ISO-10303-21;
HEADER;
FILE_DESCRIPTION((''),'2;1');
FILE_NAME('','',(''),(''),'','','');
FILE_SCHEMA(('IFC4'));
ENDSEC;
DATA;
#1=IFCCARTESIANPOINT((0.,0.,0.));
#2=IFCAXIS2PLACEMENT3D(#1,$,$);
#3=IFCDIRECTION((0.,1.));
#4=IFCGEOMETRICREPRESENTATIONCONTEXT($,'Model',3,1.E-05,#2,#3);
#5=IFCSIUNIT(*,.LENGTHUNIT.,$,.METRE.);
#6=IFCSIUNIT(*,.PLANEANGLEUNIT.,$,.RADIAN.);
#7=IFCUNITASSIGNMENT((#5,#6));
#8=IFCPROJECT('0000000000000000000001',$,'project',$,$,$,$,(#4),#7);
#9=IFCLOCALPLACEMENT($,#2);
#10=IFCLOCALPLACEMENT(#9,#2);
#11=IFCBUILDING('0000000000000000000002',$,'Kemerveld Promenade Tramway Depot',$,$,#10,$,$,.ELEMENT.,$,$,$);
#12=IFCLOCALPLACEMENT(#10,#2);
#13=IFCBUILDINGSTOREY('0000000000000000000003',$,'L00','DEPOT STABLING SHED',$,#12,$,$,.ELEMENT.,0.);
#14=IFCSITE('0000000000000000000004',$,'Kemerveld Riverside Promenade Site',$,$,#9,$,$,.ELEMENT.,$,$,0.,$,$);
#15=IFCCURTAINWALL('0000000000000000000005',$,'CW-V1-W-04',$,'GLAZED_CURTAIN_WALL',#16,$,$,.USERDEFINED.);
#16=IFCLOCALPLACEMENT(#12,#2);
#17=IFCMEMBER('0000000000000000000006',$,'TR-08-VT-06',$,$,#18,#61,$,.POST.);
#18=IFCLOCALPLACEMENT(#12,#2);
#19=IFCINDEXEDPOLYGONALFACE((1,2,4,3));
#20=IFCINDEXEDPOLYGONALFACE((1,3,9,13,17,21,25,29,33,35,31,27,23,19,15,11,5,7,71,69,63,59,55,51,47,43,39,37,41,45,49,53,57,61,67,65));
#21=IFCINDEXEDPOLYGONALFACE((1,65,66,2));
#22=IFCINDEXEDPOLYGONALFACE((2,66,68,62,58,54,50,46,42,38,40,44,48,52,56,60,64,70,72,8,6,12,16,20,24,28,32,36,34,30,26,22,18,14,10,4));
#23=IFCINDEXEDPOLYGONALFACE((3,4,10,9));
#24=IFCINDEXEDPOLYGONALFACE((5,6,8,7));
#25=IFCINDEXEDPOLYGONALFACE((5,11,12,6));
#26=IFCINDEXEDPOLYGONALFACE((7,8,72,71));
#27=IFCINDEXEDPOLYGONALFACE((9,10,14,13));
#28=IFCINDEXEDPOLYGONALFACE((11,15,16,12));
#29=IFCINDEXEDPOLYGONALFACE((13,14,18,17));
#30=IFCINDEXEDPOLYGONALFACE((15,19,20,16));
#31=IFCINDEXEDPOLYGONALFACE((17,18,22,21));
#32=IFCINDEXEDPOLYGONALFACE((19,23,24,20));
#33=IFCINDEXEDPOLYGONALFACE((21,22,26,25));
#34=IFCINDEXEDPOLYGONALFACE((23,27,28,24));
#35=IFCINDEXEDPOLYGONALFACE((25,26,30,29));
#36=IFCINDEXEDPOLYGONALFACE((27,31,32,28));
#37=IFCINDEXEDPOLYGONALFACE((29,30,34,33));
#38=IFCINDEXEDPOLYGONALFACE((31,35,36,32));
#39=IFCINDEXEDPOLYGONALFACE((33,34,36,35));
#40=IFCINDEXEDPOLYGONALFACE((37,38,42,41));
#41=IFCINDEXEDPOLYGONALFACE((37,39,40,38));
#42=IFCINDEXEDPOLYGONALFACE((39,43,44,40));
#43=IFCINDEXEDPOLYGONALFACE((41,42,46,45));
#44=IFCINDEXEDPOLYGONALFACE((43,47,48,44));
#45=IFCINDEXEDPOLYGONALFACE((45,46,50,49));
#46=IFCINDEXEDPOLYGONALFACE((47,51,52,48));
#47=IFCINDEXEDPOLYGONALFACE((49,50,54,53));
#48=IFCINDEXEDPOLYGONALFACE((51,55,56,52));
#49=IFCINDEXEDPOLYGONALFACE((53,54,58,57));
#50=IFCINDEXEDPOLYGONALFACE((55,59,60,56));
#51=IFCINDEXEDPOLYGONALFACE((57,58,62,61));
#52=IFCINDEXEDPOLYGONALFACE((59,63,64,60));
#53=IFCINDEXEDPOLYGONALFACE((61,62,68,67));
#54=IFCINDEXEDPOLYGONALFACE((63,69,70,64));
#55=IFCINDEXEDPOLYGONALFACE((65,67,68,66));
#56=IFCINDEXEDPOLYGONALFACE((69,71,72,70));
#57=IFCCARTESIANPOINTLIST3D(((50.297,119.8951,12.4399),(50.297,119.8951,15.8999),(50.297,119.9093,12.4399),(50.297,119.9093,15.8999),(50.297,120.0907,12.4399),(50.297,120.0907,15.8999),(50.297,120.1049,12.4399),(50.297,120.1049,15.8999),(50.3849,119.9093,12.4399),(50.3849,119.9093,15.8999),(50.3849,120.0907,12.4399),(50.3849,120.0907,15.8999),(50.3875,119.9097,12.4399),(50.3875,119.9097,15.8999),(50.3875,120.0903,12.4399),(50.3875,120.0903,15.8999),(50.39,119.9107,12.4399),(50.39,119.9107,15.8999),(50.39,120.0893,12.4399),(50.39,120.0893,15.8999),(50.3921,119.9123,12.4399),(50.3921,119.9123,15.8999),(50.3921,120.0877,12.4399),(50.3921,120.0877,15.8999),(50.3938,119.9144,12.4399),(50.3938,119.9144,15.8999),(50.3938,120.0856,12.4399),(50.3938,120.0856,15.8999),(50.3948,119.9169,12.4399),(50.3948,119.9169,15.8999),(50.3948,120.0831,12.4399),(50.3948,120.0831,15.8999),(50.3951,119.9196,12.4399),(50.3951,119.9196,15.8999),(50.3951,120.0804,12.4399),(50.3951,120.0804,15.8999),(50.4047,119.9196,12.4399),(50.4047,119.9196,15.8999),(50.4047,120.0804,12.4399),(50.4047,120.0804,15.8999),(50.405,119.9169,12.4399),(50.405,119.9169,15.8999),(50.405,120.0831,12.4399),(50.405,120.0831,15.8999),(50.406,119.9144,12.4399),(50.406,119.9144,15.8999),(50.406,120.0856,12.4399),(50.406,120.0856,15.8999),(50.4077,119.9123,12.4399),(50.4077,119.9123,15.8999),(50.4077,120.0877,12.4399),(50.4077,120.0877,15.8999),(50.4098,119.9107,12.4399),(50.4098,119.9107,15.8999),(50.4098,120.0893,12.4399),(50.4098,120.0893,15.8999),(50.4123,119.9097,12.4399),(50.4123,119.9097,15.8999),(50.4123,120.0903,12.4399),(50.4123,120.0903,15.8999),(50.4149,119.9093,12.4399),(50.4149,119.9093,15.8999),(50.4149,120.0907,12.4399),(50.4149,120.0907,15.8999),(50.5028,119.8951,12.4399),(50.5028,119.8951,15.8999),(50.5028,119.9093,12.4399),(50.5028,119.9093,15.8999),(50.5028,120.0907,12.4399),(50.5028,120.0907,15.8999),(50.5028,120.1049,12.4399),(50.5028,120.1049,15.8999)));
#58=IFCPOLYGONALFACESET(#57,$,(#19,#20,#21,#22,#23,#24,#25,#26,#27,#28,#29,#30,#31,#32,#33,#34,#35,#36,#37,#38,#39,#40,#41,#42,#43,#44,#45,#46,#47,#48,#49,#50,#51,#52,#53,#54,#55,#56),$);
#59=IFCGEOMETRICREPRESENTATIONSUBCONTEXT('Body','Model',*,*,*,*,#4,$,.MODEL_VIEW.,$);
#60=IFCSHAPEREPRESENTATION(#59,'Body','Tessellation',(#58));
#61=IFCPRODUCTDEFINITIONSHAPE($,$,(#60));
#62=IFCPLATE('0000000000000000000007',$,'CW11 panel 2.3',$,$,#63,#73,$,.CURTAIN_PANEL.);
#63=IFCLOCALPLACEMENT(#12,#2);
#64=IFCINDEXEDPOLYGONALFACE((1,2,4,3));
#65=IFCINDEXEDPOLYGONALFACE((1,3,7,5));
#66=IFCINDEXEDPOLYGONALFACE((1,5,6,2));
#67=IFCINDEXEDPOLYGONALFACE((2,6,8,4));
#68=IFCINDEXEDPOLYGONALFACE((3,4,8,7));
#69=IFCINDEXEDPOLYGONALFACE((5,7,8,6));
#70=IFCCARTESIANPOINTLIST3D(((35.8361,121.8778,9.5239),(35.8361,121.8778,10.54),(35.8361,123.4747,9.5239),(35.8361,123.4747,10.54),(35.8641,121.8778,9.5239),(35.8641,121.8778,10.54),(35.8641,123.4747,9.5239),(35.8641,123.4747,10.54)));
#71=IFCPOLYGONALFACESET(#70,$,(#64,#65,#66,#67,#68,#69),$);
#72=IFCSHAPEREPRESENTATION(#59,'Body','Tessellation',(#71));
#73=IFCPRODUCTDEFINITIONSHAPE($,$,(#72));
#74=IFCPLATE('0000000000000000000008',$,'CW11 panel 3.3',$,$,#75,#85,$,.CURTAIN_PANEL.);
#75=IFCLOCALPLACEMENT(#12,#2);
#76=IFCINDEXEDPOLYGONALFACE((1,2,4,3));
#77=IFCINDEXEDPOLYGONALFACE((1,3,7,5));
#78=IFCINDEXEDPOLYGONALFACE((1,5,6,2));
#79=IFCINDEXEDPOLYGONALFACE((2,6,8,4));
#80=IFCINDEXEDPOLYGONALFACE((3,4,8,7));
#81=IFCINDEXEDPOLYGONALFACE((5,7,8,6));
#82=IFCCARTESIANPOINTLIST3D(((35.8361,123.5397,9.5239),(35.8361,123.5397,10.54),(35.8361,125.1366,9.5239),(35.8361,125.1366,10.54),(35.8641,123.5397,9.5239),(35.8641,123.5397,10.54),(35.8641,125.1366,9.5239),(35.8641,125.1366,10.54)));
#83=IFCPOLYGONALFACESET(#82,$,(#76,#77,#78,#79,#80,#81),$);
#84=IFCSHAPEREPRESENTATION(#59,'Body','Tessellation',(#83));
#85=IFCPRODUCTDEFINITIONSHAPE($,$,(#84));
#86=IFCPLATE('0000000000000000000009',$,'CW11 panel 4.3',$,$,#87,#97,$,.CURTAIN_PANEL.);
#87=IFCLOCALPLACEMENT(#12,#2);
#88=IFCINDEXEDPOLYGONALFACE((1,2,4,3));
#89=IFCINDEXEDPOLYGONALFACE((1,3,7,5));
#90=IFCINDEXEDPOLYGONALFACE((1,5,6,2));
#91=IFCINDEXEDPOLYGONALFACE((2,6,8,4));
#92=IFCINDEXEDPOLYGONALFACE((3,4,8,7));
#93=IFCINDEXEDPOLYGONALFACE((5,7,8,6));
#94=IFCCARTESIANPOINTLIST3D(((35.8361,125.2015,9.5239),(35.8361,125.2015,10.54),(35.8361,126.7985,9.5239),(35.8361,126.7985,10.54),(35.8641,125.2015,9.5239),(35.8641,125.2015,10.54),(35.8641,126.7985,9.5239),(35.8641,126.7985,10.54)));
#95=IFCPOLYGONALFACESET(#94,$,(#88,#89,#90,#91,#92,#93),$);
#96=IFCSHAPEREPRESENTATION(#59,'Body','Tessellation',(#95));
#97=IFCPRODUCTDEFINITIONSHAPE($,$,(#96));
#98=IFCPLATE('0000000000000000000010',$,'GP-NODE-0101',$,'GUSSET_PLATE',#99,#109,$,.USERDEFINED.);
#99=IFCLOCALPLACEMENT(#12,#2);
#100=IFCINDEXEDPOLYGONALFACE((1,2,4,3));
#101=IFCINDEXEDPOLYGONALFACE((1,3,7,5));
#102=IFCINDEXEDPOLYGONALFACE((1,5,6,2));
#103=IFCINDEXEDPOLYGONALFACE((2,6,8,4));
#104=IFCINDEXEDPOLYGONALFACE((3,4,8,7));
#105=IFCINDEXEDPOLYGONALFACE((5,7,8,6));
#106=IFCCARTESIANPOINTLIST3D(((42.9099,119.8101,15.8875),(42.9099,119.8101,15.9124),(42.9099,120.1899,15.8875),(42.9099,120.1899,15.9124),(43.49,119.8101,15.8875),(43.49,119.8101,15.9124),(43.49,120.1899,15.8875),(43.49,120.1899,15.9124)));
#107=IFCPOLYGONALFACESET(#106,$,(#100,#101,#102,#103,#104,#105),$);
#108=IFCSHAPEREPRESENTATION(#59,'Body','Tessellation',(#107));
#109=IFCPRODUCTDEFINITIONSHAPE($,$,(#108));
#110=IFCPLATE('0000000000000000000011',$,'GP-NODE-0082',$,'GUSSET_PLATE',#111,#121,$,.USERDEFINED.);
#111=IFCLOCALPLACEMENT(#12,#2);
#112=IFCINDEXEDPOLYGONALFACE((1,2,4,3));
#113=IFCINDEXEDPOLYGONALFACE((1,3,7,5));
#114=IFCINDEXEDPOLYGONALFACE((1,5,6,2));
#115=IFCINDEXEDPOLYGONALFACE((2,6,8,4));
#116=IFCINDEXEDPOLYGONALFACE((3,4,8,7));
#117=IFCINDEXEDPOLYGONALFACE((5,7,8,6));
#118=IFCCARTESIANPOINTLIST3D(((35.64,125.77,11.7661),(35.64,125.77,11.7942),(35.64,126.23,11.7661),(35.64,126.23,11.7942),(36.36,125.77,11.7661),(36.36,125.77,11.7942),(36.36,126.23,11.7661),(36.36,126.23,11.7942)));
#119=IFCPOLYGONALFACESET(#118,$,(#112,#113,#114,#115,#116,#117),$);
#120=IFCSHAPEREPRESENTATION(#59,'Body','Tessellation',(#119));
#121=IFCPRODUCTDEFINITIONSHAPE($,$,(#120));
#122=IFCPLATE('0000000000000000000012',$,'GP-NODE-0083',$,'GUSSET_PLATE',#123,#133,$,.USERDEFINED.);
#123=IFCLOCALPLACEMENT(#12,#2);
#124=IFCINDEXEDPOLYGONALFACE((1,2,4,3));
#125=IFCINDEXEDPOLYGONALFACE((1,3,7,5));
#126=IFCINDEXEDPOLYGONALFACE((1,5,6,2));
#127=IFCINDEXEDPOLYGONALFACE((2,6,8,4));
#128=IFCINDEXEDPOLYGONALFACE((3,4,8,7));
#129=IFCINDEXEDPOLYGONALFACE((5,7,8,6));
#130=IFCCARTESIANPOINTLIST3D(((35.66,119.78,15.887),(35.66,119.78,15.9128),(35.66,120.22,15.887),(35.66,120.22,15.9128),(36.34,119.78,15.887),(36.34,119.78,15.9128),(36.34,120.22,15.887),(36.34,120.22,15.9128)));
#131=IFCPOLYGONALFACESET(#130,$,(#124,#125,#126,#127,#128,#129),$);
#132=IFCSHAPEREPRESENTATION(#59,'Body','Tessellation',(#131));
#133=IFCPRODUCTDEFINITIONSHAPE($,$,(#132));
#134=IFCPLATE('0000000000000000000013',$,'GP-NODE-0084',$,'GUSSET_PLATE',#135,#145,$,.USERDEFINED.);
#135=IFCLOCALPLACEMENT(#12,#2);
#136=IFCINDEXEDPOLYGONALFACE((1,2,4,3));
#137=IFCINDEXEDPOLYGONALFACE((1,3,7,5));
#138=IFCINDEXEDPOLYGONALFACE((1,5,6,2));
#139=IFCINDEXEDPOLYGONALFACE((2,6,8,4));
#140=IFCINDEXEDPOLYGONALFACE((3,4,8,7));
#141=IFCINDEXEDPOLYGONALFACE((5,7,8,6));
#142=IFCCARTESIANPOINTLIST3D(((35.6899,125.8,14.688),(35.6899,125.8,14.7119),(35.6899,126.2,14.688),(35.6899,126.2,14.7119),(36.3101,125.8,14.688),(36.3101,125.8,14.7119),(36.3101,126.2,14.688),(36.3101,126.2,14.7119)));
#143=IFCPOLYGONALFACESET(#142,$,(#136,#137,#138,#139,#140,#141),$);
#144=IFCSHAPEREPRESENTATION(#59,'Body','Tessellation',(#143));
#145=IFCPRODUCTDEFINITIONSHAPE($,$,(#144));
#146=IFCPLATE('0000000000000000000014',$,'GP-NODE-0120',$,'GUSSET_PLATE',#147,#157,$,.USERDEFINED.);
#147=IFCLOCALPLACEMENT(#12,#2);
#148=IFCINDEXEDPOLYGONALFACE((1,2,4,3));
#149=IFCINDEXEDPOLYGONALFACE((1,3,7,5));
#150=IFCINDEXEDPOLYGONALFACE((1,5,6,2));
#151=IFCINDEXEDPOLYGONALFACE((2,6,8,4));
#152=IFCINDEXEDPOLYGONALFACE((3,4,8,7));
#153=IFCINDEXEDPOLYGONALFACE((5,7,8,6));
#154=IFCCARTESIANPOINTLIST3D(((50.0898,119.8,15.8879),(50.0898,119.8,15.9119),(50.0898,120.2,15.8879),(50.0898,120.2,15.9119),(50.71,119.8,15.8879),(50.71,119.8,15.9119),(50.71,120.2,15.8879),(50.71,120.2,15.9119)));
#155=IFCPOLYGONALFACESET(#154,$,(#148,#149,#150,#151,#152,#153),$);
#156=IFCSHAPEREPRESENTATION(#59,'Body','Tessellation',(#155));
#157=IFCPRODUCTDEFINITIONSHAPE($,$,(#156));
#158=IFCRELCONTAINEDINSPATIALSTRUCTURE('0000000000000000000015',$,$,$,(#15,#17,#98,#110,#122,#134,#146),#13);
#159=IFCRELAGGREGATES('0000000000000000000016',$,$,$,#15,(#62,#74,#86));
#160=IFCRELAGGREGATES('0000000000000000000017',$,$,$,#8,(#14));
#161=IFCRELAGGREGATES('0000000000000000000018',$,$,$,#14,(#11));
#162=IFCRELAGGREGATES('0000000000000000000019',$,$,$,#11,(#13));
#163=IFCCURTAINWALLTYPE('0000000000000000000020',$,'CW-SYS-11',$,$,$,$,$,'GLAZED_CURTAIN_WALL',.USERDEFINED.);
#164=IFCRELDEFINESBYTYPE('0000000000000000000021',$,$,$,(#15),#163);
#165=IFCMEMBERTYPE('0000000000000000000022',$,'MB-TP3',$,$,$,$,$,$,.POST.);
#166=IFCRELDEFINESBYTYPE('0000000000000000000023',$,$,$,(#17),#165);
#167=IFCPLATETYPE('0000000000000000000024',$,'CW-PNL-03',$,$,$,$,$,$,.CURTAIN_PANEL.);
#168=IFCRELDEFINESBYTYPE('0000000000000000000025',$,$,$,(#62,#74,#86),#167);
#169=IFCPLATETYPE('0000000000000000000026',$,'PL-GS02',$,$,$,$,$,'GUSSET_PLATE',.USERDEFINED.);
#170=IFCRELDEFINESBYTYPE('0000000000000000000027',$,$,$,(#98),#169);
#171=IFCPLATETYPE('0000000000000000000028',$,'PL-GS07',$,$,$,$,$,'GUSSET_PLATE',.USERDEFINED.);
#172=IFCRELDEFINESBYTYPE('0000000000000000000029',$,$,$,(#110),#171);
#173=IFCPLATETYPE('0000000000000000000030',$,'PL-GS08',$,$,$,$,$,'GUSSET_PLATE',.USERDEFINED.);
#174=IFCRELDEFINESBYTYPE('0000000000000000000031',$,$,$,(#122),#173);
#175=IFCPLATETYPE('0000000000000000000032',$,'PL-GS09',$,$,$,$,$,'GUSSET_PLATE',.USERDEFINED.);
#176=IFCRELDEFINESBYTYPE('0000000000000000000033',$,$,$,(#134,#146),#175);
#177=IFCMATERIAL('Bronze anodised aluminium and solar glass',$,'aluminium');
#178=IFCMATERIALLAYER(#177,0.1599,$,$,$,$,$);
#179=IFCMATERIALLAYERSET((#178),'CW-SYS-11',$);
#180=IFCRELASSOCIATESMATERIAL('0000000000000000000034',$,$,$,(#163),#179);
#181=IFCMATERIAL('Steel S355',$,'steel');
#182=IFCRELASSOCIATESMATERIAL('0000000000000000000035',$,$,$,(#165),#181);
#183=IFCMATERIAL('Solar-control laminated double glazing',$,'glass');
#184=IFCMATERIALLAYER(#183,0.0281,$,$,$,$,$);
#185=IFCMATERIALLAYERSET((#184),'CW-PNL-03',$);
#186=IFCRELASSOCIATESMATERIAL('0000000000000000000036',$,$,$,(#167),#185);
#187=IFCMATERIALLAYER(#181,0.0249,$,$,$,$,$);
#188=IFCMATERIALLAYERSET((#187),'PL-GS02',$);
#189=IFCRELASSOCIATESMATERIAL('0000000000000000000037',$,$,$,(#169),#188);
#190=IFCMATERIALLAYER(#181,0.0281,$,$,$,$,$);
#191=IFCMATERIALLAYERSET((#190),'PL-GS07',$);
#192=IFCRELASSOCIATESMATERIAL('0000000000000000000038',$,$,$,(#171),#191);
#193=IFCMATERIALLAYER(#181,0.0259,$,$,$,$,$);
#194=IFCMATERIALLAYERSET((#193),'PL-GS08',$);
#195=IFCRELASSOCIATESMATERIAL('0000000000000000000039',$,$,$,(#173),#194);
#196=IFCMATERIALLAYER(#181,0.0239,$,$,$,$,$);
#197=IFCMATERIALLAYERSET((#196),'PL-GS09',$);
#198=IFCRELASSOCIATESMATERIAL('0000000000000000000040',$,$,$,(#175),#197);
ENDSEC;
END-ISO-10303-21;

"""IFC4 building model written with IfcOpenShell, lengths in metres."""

from ifc_helpers import new_model, si_unit, direction, frame, origin, origin_2d, place, context, subcontext, project, spatial, rectangle, i_section, extrude, material, layer, layer_set, material_profile, profile_set, type_object, element, aggregate, save


model = new_model("IFC4")

# Units and contexts
model_context = context("Model", 3, precision=1e-05, world=origin(), true_north=direction((0.0, 1.0)))
body_context = subcontext(model_context, "Body", "Model", "MODEL_VIEW")
ifc_project = project(units=[si_unit("LENGTHUNIT", "METRE"), si_unit("PLANEANGLEUNIT", "RADIAN")], contexts=[model_context])

# Site, building, storey
site_placement = place(None, origin())
site = spatial("IfcSite", under=ifc_project, at=site_placement, Name="Kemerveld Riverside Promenade Site", CompositionType="ELEMENT", RefElevation=0.0)
building_placement = place(site_placement, origin())
building = spatial("IfcBuilding", under=site, at=building_placement, Name="Kemerveld Promenade Tramway Depot", CompositionType="ELEMENT")
storey_placement = place(building_placement, origin())
storey = spatial("IfcBuildingStorey", under=building, at=storey_placement, Name="L00", Description="DEPOT STABLING SHED", CompositionType="ELEMENT", Elevation=0.0)

# Curtain wall
ifc_material_1 = material(Name="Bronze anodised aluminium and solar glass", Category="aluminium")
ifc_layer_1 = layer(ifc_material_1, 0.1599)
ifc_layer_set_1 = layer_set([ifc_layer_1], Name="CW-SYS-11")
curtain_wall_type = type_object("IfcCurtainWallType", Name="CW-SYS-11", ElementType="GLAZED_CURTAIN_WALL", PredefinedType="USERDEFINED", material=ifc_layer_set_1)
curtain_wall_placement = place(storey_placement, origin())
curtain_wall = element("IfcCurtainWall", 1, at=curtain_wall_placement, inside=storey, type_object=curtain_wall_type, Name="CW-V1-W-04", ObjectType="GLAZED_CURTAIN_WALL", PredefinedType="USERDEFINED")

# Member
ifc_material_2 = material(Name="Steel S355", Category="steel")
ifc_material_profile_1 = material_profile(ifc_material_2, i_section(OverallWidth=0.2058, OverallDepth=0.2097, WebThickness=0.0095, FlangeThickness=0.0142, FilletRadius=0.0103, at=origin_2d()), Name="203x203x60 UC")
ifc_profile_set_1 = profile_set([ifc_material_profile_1], Name="Steel S355")
member_type_1 = type_object("IfcMemberType", Name="MB-TP3", PredefinedType="POST", material=ifc_profile_set_1)
member_1_placement = place(storey_placement, frame((50.3999, 120.0, 12.4399), z_axis=(0.0, 0.0, 1.0), x_axis=(1.0, 0.0, 0.0)))
element("IfcMember", 2, at=member_1_placement, inside=storey, type_object=member_type_1, Name="TR-08-VT-06", PredefinedType="POST", context=body_context, shape_type="SweptSolid", body=[
    extrude(i_section(OverallWidth=0.2058, OverallDepth=0.2097, WebThickness=0.0095, FlangeThickness=0.0142, FilletRadius=0.0103, at=origin_2d()), origin(), (0.0, 0.0, 1.0), 3.46),
])

# Plates
ifc_material_3 = material(Name="Solar-control laminated double glazing", Category="glass")
ifc_layer_2 = layer(ifc_material_3, 0.0281)
ifc_layer_set_2 = layer_set([ifc_layer_2], Name="CW-PNL-03")
plate_type_1 = type_object("IfcPlateType", Name="CW-PNL-03", PredefinedType="CURTAIN_PANEL", material=ifc_layer_set_2)
plate_1_placement = place(storey_placement, frame((35.8501, 122.6763, 9.5239), z_axis=(0.0, 0.0, 1.0), x_axis=(0.0, 1.0, 0.0)))
plate_1 = element("IfcPlate", 3, at=plate_1_placement, type_object=plate_type_1, Name="CW11 panel 2.3", PredefinedType="CURTAIN_PANEL", context=body_context, shape_type="SweptSolid", body=[
    extrude(rectangle(XDim=1.5969, YDim=0.0281, at=origin_2d()), origin(), (0.0, 0.0, 1.0), 1.0161),
])
plate_2_placement = place(storey_placement, frame((35.8501, 124.3381, 9.5239), z_axis=(0.0, 0.0, 1.0), x_axis=(0.0, 1.0, 0.0)))
plate_2 = element("IfcPlate", 4, at=plate_2_placement, type_object=plate_type_1, Name="CW11 panel 3.3", PredefinedType="CURTAIN_PANEL", context=body_context, shape_type="SweptSolid", body=[
    extrude(rectangle(XDim=1.5969, YDim=0.0281, at=origin_2d()), origin(), (0.0, 0.0, 1.0), 1.0161),
])
plate_3_placement = place(storey_placement, frame((35.8501, 126.0, 9.5239), z_axis=(0.0, 0.0, 1.0), x_axis=(0.0, 1.0, 0.0)))
plate_3 = element("IfcPlate", 5, at=plate_3_placement, type_object=plate_type_1, Name="CW11 panel 4.3", PredefinedType="CURTAIN_PANEL", context=body_context, shape_type="SweptSolid", body=[
    extrude(rectangle(XDim=1.5969, YDim=0.0281, at=origin_2d()), origin(), (0.0, 0.0, 1.0), 1.0161),
])
aggregate(curtain_wall, [plate_1, plate_2, plate_3])

# Plates
ifc_layer_3 = layer(ifc_material_2, 0.0249)
ifc_layer_set_3 = layer_set([ifc_layer_3], Name="PL-GS02")
plate_type_2 = type_object("IfcPlateType", Name="PL-GS02", ElementType="GUSSET_PLATE", PredefinedType="USERDEFINED", material=ifc_layer_set_3)
plate_4_placement = place(storey_placement, frame((43.2, 120.0, 15.8875), z_axis=(0.0, 0.0, 1.0), x_axis=(1.0, 0.0, 0.0)))
element("IfcPlate", 6, at=plate_4_placement, inside=storey, type_object=plate_type_2, Name="GP-NODE-0101", ObjectType="GUSSET_PLATE", PredefinedType="USERDEFINED", context=body_context, shape_type="SweptSolid", body=[
    extrude(rectangle(XDim=0.5801, YDim=0.3799, at=origin_2d()), origin(), (0.0, 0.0, 1.0), 0.0249),
])
ifc_layer_4 = layer(ifc_material_2, 0.0281)
ifc_layer_set_4 = layer_set([ifc_layer_4], Name="PL-GS07")
plate_type_3 = type_object("IfcPlateType", Name="PL-GS07", ElementType="GUSSET_PLATE", PredefinedType="USERDEFINED", material=ifc_layer_set_4)
plate_5_placement = place(storey_placement, frame((36.0, 126.0, 11.7661), z_axis=(0.0, 0.0, 1.0), x_axis=(1.0, 0.0, 0.0)))
element("IfcPlate", 7, at=plate_5_placement, inside=storey, type_object=plate_type_3, Name="GP-NODE-0082", ObjectType="GUSSET_PLATE", PredefinedType="USERDEFINED", context=body_context, shape_type="SweptSolid", body=[
    extrude(rectangle(XDim=0.72, YDim=0.46, at=origin_2d()), origin(), (0.0, 0.0, 1.0), 0.0281),
])
ifc_layer_5 = layer(ifc_material_2, 0.0259)
ifc_layer_set_5 = layer_set([ifc_layer_5], Name="PL-GS08")
plate_type_4 = type_object("IfcPlateType", Name="PL-GS08", ElementType="GUSSET_PLATE", PredefinedType="USERDEFINED", material=ifc_layer_set_5)
plate_6_placement = place(storey_placement, frame((36.0, 120.0, 15.887), z_axis=(0.0, 0.0, 1.0), x_axis=(1.0, 0.0, 0.0)))
element("IfcPlate", 8, at=plate_6_placement, inside=storey, type_object=plate_type_4, Name="GP-NODE-0083", ObjectType="GUSSET_PLATE", PredefinedType="USERDEFINED", context=body_context, shape_type="SweptSolid", body=[
    extrude(rectangle(XDim=0.6799, YDim=0.4399, at=origin_2d()), origin(), (0.0, 0.0, 1.0), 0.0259),
])
ifc_layer_6 = layer(ifc_material_2, 0.0239)
ifc_layer_set_6 = layer_set([ifc_layer_6], Name="PL-GS09")
plate_type_5 = type_object("IfcPlateType", Name="PL-GS09", ElementType="GUSSET_PLATE", PredefinedType="USERDEFINED", material=ifc_layer_set_6)
for number, where, z_axis, x_axis, name in (
    (9, (36.0, 126.0, 14.688), (0.0, 0.0, 1.0), (1.0, 0.0, 0.0), "GP-NODE-0084"),
    (10, (50.3999, 120.0, 15.8879), (0.0, 0.0, 1.0), (1.0, 0.0, 0.0), "GP-NODE-0120"),
):
    element("IfcPlate", number, at=place(storey_placement, frame(where, z_axis=z_axis, x_axis=x_axis)), inside=storey, type_object=plate_type_5, Name=name, ObjectType="GUSSET_PLATE", PredefinedType="USERDEFINED", context=body_context, shape_type="SweptSolid", body=[
        extrude(rectangle(XDim=0.6201, YDim=0.3999, at=origin_2d()), origin(), (0.0, 0.0, 1.0), 0.0239),
    ])

save(model, "model.ifc")
